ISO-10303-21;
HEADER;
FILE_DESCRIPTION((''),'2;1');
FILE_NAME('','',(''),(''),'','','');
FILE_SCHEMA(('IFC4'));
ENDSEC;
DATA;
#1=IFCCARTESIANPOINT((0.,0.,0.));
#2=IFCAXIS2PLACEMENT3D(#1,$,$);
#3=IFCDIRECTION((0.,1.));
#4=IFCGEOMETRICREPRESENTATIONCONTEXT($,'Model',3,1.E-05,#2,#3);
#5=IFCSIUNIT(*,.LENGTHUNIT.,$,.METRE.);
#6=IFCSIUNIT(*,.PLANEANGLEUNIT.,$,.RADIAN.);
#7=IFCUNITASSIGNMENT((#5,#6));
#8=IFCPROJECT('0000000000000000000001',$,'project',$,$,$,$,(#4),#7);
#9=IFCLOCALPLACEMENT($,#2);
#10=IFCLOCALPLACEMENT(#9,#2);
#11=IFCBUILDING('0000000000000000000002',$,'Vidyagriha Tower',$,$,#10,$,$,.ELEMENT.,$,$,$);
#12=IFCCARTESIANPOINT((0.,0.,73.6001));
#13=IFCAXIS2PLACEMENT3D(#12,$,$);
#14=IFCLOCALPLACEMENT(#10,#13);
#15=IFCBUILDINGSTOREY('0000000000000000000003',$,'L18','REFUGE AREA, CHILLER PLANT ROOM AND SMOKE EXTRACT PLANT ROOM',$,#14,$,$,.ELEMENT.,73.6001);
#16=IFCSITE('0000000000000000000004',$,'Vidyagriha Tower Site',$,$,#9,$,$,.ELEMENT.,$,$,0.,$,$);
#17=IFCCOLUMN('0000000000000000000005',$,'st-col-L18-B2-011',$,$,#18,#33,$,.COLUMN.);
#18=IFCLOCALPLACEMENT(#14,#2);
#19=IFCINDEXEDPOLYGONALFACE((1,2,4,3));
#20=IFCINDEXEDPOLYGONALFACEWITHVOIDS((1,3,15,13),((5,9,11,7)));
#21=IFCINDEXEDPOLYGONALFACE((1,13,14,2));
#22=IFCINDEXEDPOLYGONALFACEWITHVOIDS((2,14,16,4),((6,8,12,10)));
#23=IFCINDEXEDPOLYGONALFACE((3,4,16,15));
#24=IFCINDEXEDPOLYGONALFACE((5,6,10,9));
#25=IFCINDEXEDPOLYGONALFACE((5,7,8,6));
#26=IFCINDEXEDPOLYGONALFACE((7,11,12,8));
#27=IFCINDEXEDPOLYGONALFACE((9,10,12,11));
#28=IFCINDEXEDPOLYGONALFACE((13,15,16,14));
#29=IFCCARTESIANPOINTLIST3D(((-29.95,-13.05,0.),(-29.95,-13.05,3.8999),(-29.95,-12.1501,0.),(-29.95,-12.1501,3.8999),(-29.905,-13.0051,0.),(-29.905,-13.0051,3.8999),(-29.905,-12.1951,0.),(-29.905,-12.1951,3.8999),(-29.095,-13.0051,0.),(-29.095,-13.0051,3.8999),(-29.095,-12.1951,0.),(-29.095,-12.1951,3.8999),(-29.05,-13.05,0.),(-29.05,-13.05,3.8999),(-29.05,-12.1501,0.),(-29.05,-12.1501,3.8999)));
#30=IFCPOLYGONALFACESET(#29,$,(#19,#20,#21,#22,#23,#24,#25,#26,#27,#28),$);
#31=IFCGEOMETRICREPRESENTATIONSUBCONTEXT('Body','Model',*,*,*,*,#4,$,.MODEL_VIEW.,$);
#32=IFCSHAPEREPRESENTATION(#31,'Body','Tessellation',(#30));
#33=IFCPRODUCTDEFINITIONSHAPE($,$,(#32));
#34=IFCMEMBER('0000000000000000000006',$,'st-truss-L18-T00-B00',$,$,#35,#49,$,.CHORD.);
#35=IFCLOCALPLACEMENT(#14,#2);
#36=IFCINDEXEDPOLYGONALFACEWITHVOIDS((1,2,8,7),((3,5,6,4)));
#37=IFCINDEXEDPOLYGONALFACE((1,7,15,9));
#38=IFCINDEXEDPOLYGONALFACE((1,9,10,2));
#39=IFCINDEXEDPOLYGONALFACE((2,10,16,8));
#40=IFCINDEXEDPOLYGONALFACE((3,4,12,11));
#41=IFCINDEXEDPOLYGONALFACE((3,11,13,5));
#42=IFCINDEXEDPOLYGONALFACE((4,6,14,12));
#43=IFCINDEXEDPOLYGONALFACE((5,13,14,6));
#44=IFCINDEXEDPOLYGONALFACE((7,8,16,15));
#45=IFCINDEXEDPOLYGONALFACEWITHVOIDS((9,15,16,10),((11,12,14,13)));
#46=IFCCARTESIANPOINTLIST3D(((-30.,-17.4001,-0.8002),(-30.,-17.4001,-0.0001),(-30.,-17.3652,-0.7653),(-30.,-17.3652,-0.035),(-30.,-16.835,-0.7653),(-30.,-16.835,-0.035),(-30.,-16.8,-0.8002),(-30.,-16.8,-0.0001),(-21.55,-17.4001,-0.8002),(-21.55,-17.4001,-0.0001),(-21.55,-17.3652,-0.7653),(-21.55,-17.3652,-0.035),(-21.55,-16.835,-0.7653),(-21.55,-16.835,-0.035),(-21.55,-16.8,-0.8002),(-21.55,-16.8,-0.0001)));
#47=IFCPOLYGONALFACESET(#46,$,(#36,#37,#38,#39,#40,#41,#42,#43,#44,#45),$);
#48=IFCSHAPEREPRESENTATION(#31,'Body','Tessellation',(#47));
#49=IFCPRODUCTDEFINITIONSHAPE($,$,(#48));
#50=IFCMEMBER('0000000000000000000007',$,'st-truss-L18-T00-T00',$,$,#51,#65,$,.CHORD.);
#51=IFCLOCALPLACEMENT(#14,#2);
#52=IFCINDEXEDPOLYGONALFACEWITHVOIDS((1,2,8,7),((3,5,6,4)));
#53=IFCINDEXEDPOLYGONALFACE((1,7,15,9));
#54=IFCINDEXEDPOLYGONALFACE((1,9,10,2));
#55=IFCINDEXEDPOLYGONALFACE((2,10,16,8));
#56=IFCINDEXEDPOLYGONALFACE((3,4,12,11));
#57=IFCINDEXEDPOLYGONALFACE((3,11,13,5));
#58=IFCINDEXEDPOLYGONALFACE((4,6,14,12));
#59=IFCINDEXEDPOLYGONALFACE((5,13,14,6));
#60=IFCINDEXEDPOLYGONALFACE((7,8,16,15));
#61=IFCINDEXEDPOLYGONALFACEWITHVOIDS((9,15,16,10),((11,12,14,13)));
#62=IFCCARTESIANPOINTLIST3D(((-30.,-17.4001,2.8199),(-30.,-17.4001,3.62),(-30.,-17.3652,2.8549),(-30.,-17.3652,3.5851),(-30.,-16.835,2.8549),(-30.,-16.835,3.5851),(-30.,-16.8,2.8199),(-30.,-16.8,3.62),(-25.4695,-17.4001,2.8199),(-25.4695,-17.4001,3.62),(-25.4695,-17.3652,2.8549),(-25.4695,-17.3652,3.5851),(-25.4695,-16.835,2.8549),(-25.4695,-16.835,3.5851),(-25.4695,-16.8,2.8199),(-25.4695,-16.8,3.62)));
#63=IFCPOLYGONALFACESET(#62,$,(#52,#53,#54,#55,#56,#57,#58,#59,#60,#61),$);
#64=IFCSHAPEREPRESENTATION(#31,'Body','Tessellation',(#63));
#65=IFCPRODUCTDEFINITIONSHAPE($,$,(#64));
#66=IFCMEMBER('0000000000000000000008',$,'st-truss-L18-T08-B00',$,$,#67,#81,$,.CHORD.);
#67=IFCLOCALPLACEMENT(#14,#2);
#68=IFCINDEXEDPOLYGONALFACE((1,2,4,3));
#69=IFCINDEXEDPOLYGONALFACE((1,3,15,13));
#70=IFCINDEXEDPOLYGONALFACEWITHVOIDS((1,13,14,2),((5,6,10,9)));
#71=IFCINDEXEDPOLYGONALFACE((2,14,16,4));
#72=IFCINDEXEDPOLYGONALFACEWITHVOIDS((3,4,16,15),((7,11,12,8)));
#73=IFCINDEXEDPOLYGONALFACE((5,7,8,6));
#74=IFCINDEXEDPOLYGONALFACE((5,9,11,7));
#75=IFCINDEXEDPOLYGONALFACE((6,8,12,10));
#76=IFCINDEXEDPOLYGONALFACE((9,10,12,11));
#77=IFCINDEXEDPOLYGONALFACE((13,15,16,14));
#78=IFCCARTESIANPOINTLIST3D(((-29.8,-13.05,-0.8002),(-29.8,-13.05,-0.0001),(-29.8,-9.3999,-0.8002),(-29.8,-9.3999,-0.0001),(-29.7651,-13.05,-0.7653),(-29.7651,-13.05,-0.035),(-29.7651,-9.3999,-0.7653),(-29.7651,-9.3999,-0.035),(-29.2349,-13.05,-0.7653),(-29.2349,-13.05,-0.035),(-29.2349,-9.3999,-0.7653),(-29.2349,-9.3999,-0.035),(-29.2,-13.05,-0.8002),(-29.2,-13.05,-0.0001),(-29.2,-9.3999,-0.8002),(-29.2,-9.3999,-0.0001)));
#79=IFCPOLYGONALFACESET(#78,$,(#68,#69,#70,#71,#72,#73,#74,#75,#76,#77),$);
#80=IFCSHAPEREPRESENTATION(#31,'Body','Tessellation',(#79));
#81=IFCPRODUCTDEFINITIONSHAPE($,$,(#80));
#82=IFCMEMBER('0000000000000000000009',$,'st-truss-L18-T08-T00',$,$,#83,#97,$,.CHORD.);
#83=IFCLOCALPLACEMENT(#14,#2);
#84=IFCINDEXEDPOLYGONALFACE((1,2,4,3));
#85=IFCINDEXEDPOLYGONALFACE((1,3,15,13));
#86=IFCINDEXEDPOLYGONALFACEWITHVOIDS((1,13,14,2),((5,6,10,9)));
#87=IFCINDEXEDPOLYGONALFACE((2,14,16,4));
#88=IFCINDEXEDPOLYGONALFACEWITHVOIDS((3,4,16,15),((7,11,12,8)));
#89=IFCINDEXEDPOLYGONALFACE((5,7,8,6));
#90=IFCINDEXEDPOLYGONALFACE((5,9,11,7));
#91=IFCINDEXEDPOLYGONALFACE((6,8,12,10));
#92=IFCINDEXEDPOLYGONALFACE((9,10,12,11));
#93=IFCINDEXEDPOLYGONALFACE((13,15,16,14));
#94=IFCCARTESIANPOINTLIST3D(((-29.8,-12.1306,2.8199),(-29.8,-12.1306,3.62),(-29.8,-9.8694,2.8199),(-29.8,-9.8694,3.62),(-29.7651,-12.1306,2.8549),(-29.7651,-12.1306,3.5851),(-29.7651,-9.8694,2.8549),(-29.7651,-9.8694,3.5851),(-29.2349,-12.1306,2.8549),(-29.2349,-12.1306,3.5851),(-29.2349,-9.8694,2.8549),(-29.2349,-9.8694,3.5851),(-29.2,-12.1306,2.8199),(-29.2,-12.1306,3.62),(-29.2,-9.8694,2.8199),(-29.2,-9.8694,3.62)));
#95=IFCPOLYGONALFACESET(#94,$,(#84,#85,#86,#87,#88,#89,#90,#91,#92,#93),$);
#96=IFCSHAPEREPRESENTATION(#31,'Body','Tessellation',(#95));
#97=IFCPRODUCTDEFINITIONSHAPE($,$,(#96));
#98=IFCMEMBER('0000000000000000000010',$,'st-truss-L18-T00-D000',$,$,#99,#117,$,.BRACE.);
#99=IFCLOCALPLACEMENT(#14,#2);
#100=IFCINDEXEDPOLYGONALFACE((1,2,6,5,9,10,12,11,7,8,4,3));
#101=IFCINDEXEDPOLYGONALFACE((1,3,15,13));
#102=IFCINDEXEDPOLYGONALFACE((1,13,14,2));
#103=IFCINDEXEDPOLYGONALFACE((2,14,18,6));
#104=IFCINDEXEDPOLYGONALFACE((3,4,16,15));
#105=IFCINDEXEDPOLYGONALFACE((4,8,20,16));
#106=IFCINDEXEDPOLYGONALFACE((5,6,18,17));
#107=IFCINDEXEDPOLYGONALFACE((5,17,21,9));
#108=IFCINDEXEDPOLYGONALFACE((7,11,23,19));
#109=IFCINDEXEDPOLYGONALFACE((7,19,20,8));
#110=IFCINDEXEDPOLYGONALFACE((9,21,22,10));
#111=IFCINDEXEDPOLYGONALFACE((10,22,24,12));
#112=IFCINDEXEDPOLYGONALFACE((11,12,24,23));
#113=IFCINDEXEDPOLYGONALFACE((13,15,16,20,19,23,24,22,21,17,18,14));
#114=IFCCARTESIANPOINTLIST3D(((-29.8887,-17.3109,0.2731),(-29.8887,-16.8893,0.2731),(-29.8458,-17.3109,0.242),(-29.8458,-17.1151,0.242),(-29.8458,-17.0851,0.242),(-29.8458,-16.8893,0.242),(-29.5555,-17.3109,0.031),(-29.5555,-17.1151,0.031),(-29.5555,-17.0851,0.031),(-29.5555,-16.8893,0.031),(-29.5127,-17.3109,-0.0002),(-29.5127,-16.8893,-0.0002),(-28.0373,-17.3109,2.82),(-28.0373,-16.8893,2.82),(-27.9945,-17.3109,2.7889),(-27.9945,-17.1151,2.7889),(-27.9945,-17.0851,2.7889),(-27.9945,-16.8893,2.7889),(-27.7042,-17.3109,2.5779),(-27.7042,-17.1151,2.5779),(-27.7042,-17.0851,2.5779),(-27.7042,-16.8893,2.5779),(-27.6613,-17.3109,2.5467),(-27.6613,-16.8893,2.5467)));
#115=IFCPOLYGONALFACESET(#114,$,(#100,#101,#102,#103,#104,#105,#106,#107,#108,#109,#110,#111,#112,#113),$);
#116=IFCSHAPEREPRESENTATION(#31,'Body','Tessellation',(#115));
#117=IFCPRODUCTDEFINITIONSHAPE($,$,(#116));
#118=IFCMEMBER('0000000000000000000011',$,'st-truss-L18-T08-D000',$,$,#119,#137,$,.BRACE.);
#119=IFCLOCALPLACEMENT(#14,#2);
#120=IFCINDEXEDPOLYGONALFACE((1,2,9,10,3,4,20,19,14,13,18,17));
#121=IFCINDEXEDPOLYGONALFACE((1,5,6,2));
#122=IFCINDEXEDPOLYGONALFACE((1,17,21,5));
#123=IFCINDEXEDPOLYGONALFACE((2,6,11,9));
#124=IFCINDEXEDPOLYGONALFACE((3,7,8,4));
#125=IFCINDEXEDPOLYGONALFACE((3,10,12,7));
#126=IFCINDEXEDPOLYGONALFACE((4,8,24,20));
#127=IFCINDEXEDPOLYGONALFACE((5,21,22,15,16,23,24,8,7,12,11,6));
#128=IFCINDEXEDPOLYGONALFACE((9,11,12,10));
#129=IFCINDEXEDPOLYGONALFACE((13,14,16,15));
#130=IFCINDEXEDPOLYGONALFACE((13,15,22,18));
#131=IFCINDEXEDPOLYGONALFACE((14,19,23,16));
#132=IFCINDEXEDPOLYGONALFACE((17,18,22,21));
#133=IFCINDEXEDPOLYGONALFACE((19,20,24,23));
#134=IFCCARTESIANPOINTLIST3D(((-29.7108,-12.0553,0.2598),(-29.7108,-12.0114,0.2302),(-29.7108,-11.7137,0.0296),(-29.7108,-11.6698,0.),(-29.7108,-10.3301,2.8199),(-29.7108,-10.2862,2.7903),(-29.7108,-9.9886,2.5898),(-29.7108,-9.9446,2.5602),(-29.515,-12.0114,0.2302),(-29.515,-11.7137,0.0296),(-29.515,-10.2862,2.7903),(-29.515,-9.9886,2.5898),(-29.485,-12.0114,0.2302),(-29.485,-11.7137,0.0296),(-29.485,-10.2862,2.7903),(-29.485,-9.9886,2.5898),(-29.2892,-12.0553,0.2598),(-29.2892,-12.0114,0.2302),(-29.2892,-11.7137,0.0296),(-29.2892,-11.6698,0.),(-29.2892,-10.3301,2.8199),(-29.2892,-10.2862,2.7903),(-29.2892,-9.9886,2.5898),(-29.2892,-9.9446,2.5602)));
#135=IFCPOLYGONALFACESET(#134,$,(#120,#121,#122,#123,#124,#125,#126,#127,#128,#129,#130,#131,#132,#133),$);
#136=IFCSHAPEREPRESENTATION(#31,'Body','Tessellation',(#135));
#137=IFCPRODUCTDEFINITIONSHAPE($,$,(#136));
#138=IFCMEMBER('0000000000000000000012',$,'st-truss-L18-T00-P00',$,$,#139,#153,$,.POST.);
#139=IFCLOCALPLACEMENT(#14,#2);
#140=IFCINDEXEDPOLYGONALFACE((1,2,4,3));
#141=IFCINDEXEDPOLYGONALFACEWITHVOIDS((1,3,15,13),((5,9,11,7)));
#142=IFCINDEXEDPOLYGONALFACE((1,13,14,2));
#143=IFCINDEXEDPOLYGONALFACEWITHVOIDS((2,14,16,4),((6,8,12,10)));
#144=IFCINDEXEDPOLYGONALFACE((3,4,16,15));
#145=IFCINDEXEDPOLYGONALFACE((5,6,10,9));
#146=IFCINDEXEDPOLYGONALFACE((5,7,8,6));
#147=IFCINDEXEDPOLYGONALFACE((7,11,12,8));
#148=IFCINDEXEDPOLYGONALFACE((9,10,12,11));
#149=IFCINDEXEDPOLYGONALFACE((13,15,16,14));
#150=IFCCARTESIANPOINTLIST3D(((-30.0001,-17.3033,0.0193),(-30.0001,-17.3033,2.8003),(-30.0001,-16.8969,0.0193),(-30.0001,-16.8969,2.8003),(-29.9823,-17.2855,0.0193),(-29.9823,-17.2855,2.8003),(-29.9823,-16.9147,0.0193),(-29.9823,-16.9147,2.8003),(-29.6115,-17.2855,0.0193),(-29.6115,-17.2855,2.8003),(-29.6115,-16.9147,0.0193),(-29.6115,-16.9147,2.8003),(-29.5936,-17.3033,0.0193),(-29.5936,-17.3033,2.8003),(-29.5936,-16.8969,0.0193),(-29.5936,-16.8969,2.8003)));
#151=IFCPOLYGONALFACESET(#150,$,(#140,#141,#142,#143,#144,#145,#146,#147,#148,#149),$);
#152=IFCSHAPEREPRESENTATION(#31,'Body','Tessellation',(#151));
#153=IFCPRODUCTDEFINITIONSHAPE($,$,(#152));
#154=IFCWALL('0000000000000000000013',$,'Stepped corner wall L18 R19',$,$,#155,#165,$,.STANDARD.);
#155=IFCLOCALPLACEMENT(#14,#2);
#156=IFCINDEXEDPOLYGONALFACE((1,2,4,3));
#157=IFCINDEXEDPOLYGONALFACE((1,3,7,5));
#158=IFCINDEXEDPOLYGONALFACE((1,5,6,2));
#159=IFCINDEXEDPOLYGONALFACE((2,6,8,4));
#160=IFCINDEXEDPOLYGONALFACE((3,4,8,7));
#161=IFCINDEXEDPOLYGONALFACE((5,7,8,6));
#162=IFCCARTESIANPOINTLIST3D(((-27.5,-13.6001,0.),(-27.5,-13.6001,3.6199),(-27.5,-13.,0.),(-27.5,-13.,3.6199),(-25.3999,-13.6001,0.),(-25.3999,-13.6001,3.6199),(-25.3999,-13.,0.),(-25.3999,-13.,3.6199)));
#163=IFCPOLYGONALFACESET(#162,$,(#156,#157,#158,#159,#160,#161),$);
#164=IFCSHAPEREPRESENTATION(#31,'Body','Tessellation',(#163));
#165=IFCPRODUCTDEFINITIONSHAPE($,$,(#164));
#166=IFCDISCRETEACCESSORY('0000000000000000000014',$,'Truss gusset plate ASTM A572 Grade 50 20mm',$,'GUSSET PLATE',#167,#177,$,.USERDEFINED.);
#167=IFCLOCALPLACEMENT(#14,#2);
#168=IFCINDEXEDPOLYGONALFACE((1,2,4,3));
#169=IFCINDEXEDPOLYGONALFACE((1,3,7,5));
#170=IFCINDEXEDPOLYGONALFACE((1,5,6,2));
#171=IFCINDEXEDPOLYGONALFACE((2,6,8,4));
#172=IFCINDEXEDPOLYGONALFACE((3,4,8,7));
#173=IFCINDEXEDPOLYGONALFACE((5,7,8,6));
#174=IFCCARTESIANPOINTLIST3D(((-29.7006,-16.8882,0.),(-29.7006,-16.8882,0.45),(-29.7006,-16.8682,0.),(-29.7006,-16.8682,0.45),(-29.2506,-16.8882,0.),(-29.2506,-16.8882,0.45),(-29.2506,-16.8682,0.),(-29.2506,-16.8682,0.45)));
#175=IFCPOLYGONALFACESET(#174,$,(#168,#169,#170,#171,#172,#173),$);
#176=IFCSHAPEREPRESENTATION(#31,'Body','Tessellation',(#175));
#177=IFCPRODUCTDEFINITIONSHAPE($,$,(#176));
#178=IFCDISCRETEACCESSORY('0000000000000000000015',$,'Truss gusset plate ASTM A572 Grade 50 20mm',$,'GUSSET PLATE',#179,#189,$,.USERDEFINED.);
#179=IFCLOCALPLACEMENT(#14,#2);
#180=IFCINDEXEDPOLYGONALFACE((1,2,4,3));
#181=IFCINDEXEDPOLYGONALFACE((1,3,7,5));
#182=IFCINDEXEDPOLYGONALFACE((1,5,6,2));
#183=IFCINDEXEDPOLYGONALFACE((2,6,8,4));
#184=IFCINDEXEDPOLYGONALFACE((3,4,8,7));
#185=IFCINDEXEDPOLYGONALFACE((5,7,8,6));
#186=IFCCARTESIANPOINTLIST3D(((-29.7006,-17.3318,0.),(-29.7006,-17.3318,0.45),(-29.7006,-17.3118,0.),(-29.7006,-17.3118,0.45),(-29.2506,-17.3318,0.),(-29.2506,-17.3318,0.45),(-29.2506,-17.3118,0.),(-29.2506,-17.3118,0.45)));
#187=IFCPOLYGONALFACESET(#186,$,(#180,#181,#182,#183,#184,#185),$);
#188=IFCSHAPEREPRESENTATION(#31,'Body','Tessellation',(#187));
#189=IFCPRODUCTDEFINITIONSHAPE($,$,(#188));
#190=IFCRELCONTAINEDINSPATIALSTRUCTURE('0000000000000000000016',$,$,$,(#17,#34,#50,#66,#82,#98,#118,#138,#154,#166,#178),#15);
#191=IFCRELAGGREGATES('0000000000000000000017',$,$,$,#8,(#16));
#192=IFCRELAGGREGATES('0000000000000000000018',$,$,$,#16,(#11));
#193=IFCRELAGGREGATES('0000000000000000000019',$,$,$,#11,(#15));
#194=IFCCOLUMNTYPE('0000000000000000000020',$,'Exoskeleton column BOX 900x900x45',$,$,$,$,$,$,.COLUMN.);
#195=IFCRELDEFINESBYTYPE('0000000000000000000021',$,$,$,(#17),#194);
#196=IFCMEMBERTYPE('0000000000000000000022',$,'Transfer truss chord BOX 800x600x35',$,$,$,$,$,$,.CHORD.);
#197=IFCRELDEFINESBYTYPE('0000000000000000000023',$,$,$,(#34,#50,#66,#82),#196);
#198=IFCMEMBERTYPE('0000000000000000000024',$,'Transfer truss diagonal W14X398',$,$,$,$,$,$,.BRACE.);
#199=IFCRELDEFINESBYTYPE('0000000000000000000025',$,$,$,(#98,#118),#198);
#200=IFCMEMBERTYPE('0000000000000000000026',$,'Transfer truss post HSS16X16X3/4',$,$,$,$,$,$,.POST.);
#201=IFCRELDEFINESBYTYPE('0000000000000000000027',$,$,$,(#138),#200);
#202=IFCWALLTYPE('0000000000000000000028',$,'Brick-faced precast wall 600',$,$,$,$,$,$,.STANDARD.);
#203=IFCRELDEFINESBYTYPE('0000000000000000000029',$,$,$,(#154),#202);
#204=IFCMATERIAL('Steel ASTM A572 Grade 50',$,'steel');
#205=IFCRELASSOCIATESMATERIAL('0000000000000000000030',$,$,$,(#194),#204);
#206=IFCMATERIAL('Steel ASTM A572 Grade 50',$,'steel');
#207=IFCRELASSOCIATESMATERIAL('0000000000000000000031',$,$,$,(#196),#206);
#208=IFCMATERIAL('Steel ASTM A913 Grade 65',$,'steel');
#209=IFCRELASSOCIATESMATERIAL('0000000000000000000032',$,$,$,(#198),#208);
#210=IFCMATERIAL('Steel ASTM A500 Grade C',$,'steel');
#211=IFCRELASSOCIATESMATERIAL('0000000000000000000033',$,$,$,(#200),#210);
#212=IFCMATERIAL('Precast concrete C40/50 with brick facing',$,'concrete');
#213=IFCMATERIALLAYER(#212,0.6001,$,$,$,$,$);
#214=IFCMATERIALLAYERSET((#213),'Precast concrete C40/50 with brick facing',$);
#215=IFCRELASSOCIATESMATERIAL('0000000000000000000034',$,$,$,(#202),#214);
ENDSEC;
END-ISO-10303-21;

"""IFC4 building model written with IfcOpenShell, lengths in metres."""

from ifc_helpers import new_model, si_unit, direction, frame, frame_2d, origin, origin_2d, place, context, subcontext, project, spatial, rectangle, hollow_rectangle, i_section, extrude, material, layer, layer_set, material_profile, profile_set, type_object, element, save


model = new_model("IFC4")

# Units and contexts
model_context = context("Model", 3, precision=1e-05, world=origin(), true_north=direction((0.0, 1.0)))
body_context = subcontext(model_context, "Body", "Model", "MODEL_VIEW")
ifc_project = project(units=[si_unit("LENGTHUNIT", "METRE"), si_unit("PLANEANGLEUNIT", "RADIAN")], contexts=[model_context])

# Site, building, storey
site_placement = place(None, origin())
site = spatial("IfcSite", under=ifc_project, at=site_placement, Name="Vidyagriha Tower Site", CompositionType="ELEMENT", RefElevation=0.0)
building_placement = place(site_placement, origin())
building = spatial("IfcBuilding", under=site, at=building_placement, Name="Vidyagriha Tower", CompositionType="ELEMENT")
storey_placement = place(building_placement, frame((0.0, 0.0, 73.6001)))
storey = spatial("IfcBuildingStorey", under=building, at=storey_placement, Name="L18", Description="REFUGE AREA, CHILLER PLANT ROOM AND SMOKE EXTRACT PLANT ROOM", CompositionType="ELEMENT", Elevation=73.6001)

# Column
ifc_material_1 = material(Name="Steel ASTM A572 Grade 50", Category="steel")
ifc_material_profile_1 = material_profile(ifc_material_1, hollow_rectangle(XDim=0.8999, YDim=0.8999, WallThickness=0.0449, at=origin_2d()), Name="BOX 900x900x45")
ifc_profile_set_1 = profile_set([ifc_material_profile_1], Name="Steel ASTM A572 Grade 50")
column_type = type_object("IfcColumnType", Name="Exoskeleton column BOX 900x900x45", PredefinedType="COLUMN", material=ifc_profile_set_1)
column_placement = place(storey_placement, frame((-29.5, -12.6001, 0.0)))
element("IfcColumn", 1, at=column_placement, inside=storey, type_object=column_type, Name="st-col-L18-B2-011", PredefinedType="COLUMN", context=body_context, shape_type="SweptSolid", body=[
    extrude(hollow_rectangle(XDim=0.8999, YDim=0.8999, WallThickness=0.0449, at=origin_2d()), origin(), (0.0, 0.0, 1.0), 3.8999),
])

# Members
ifc_material_2 = material(Name="Steel ASTM A572 Grade 50", Category="steel")
ifc_material_profile_2 = material_profile(ifc_material_2, hollow_rectangle(XDim=0.6001, YDim=0.8, WallThickness=0.0349, at=origin_2d()), Name="BOX 800x600x35")
ifc_profile_set_2 = profile_set([ifc_material_profile_2], Name="Steel ASTM A572 Grade 50")
member_type_1 = type_object("IfcMemberType", Name="Transfer truss chord BOX 800x600x35", PredefinedType="CHORD", material=ifc_profile_set_2)
member_1_placement = place(storey_placement, frame((-30.0, -17.1001, -0.4001), z_axis=(1.0, 0.0, 0.0), x_axis=(0.0, 1.0, 0.0)))
element("IfcMember", 2, at=member_1_placement, inside=storey, type_object=member_type_1, Name="st-truss-L18-T00-B00", PredefinedType="CHORD", context=body_context, shape_type="SweptSolid", body=[
    extrude(hollow_rectangle(XDim=0.6001, YDim=0.8, WallThickness=0.0349, at=origin_2d()), origin(), (0.0, 0.0, 1.0), 8.45),
])
member_2_placement = place(storey_placement, frame((-30.0, -17.1001, 3.22), z_axis=(1.0, 0.0, 0.0), x_axis=(0.0, 1.0, 0.0)))
element("IfcMember", 3, at=member_2_placement, inside=storey, type_object=member_type_1, Name="st-truss-L18-T00-T00", PredefinedType="CHORD", context=body_context, shape_type="SweptSolid", body=[
    extrude(hollow_rectangle(XDim=0.6001, YDim=0.8, WallThickness=0.0349, at=origin_2d()), origin(), (0.0, 0.0, 1.0), 4.5305),
])
member_3_placement = place(storey_placement, frame((-29.5, -13.05, -0.4001), z_axis=(0.0, 1.0, 0.0), x_axis=(-1.0, 0.0, 0.0)))
element("IfcMember", 4, at=member_3_placement, inside=storey, type_object=member_type_1, Name="st-truss-L18-T08-B00", PredefinedType="CHORD", context=body_context, shape_type="SweptSolid", body=[
    extrude(hollow_rectangle(XDim=0.6001, YDim=0.8, WallThickness=0.0349, at=origin_2d()), origin(), (0.0, 0.0, 1.0), 3.6501),
])
member_4_placement = place(storey_placement, frame((-29.5, -12.1306, 3.22), z_axis=(0.0, 1.0, 0.0), x_axis=(-1.0, 0.0, 0.0)))
element("IfcMember", 5, at=member_4_placement, inside=storey, type_object=member_type_1, Name="st-truss-L18-T08-T00", PredefinedType="CHORD", context=body_context, shape_type="SweptSolid", body=[
    extrude(hollow_rectangle(XDim=0.6001, YDim=0.8, WallThickness=0.0349, at=origin_2d()), origin(), (0.0, 0.0, 1.0), 2.2612),
])
ifc_material_3 = material(Name="Steel ASTM A913 Grade 65", Category="steel")
ifc_material_profile_3 = material_profile(ifc_material_3, i_section(OverallWidth=0.4216, OverallDepth=0.4648, WebThickness=0.03, FlangeThickness=0.053, at=origin_2d()), Name="W14X398")
ifc_profile_set_3 = profile_set([ifc_material_profile_3], Name="Steel ASTM A913 Grade 65")
member_type_2 = type_object("IfcMemberType", Name="Transfer truss diagonal W14X398", PredefinedType="BRACE", material=ifc_profile_set_3)
member_5_placement = place(storey_placement, frame((-29.7007, -17.1001, 0.1365), z_axis=(0.587973, 0.0, 0.80888), x_axis=(0.0, 1.0, 0.0)))
element("IfcMember", 6, at=member_5_placement, inside=storey, type_object=member_type_2, Name="st-truss-L18-T00-D000", PredefinedType="BRACE", context=body_context, shape_type="SweptSolid", body=[
    extrude(i_section(OverallWidth=0.4216, OverallDepth=0.4648, WebThickness=0.03, FlangeThickness=0.053, at=origin_2d()), origin(), (0.0, 0.0, 1.0), 3.1487),
])
member_6_placement = place(storey_placement, frame((-29.5, -11.8625, 0.1299), z_axis=(0.0, 0.558818, 0.82929), x_axis=(-1.0, 0.0, 0.0)))
element("IfcMember", 7, at=member_6_placement, inside=storey, type_object=member_type_2, Name="st-truss-L18-T08-D000", PredefinedType="BRACE", context=body_context, shape_type="SweptSolid", body=[
    extrude(i_section(OverallWidth=0.4216, OverallDepth=0.4648, WebThickness=0.03, FlangeThickness=0.053, at=origin_2d()), origin(), (0.0, 0.0, 1.0), 3.0872),
])
ifc_material_4 = material(Name="Steel ASTM A500 Grade C", Category="steel")
ifc_material_profile_4 = material_profile(ifc_material_4, hollow_rectangle(XDim=0.4065, YDim=0.4065, WallThickness=0.0178, at=origin_2d()), Name="HSS16X16X3/4")
ifc_profile_set_4 = profile_set([ifc_material_profile_4], Name="Steel ASTM A500 Grade C")
member_type_3 = type_object("IfcMemberType", Name="Transfer truss post HSS16X16X3/4", PredefinedType="POST", material=ifc_profile_set_4)
member_7_placement = place(storey_placement, frame((-29.7969, -17.1001, 0.0193)))
element("IfcMember", 8, at=member_7_placement, inside=storey, type_object=member_type_3, Name="st-truss-L18-T00-P00", PredefinedType="POST", context=body_context, shape_type="SweptSolid", body=[
    extrude(hollow_rectangle(XDim=0.4065, YDim=0.4065, WallThickness=0.0178, at=origin_2d()), origin(), (0.0, 0.0, 1.0), 2.781),
])

# Wall
ifc_material_5 = material(Name="Precast concrete C40/50 with brick facing", Category="concrete")
ifc_layer = layer(ifc_material_5, 0.6001)
ifc_layer_set = layer_set([ifc_layer], Name="Precast concrete C40/50 with brick facing")
wall_type = type_object("IfcWallType", Name="Brick-faced precast wall 600", PredefinedType="STANDARD", material=ifc_layer_set)
wall_placement = place(storey_placement, frame((-27.5, -13.3, 0.0)))
element("IfcWall", 9, at=wall_placement, inside=storey, type_object=wall_type, Name="Stepped corner wall L18 R19", PredefinedType="STANDARD", context=body_context, shape_type="SweptSolid", body=[
    extrude(rectangle(XDim=2.1001, YDim=0.6001, at=frame_2d((1.05, 0.0))), origin(), (0.0, 0.0, 1.0), 3.6199),
])

# Discrete accessories
for number, where, name in (
    (10, (-29.4756, -16.8782, 0.0), "Truss gusset plate ASTM A572 Grade 50 20mm"),
    (11, (-29.4756, -17.3218, 0.0), "Truss gusset plate ASTM A572 Grade 50 20mm"),
):
    element("IfcDiscreteAccessory", number, at=place(storey_placement, frame(where)), inside=storey, Name=name, ObjectType="GUSSET PLATE", PredefinedType="USERDEFINED", context=body_context, shape_type="SweptSolid", body=[
        extrude(rectangle(XDim=0.45, YDim=0.02, at=origin_2d()), origin(), (0.0, 0.0, 1.0), 0.45),
    ])

save(model, "model.ifc")
